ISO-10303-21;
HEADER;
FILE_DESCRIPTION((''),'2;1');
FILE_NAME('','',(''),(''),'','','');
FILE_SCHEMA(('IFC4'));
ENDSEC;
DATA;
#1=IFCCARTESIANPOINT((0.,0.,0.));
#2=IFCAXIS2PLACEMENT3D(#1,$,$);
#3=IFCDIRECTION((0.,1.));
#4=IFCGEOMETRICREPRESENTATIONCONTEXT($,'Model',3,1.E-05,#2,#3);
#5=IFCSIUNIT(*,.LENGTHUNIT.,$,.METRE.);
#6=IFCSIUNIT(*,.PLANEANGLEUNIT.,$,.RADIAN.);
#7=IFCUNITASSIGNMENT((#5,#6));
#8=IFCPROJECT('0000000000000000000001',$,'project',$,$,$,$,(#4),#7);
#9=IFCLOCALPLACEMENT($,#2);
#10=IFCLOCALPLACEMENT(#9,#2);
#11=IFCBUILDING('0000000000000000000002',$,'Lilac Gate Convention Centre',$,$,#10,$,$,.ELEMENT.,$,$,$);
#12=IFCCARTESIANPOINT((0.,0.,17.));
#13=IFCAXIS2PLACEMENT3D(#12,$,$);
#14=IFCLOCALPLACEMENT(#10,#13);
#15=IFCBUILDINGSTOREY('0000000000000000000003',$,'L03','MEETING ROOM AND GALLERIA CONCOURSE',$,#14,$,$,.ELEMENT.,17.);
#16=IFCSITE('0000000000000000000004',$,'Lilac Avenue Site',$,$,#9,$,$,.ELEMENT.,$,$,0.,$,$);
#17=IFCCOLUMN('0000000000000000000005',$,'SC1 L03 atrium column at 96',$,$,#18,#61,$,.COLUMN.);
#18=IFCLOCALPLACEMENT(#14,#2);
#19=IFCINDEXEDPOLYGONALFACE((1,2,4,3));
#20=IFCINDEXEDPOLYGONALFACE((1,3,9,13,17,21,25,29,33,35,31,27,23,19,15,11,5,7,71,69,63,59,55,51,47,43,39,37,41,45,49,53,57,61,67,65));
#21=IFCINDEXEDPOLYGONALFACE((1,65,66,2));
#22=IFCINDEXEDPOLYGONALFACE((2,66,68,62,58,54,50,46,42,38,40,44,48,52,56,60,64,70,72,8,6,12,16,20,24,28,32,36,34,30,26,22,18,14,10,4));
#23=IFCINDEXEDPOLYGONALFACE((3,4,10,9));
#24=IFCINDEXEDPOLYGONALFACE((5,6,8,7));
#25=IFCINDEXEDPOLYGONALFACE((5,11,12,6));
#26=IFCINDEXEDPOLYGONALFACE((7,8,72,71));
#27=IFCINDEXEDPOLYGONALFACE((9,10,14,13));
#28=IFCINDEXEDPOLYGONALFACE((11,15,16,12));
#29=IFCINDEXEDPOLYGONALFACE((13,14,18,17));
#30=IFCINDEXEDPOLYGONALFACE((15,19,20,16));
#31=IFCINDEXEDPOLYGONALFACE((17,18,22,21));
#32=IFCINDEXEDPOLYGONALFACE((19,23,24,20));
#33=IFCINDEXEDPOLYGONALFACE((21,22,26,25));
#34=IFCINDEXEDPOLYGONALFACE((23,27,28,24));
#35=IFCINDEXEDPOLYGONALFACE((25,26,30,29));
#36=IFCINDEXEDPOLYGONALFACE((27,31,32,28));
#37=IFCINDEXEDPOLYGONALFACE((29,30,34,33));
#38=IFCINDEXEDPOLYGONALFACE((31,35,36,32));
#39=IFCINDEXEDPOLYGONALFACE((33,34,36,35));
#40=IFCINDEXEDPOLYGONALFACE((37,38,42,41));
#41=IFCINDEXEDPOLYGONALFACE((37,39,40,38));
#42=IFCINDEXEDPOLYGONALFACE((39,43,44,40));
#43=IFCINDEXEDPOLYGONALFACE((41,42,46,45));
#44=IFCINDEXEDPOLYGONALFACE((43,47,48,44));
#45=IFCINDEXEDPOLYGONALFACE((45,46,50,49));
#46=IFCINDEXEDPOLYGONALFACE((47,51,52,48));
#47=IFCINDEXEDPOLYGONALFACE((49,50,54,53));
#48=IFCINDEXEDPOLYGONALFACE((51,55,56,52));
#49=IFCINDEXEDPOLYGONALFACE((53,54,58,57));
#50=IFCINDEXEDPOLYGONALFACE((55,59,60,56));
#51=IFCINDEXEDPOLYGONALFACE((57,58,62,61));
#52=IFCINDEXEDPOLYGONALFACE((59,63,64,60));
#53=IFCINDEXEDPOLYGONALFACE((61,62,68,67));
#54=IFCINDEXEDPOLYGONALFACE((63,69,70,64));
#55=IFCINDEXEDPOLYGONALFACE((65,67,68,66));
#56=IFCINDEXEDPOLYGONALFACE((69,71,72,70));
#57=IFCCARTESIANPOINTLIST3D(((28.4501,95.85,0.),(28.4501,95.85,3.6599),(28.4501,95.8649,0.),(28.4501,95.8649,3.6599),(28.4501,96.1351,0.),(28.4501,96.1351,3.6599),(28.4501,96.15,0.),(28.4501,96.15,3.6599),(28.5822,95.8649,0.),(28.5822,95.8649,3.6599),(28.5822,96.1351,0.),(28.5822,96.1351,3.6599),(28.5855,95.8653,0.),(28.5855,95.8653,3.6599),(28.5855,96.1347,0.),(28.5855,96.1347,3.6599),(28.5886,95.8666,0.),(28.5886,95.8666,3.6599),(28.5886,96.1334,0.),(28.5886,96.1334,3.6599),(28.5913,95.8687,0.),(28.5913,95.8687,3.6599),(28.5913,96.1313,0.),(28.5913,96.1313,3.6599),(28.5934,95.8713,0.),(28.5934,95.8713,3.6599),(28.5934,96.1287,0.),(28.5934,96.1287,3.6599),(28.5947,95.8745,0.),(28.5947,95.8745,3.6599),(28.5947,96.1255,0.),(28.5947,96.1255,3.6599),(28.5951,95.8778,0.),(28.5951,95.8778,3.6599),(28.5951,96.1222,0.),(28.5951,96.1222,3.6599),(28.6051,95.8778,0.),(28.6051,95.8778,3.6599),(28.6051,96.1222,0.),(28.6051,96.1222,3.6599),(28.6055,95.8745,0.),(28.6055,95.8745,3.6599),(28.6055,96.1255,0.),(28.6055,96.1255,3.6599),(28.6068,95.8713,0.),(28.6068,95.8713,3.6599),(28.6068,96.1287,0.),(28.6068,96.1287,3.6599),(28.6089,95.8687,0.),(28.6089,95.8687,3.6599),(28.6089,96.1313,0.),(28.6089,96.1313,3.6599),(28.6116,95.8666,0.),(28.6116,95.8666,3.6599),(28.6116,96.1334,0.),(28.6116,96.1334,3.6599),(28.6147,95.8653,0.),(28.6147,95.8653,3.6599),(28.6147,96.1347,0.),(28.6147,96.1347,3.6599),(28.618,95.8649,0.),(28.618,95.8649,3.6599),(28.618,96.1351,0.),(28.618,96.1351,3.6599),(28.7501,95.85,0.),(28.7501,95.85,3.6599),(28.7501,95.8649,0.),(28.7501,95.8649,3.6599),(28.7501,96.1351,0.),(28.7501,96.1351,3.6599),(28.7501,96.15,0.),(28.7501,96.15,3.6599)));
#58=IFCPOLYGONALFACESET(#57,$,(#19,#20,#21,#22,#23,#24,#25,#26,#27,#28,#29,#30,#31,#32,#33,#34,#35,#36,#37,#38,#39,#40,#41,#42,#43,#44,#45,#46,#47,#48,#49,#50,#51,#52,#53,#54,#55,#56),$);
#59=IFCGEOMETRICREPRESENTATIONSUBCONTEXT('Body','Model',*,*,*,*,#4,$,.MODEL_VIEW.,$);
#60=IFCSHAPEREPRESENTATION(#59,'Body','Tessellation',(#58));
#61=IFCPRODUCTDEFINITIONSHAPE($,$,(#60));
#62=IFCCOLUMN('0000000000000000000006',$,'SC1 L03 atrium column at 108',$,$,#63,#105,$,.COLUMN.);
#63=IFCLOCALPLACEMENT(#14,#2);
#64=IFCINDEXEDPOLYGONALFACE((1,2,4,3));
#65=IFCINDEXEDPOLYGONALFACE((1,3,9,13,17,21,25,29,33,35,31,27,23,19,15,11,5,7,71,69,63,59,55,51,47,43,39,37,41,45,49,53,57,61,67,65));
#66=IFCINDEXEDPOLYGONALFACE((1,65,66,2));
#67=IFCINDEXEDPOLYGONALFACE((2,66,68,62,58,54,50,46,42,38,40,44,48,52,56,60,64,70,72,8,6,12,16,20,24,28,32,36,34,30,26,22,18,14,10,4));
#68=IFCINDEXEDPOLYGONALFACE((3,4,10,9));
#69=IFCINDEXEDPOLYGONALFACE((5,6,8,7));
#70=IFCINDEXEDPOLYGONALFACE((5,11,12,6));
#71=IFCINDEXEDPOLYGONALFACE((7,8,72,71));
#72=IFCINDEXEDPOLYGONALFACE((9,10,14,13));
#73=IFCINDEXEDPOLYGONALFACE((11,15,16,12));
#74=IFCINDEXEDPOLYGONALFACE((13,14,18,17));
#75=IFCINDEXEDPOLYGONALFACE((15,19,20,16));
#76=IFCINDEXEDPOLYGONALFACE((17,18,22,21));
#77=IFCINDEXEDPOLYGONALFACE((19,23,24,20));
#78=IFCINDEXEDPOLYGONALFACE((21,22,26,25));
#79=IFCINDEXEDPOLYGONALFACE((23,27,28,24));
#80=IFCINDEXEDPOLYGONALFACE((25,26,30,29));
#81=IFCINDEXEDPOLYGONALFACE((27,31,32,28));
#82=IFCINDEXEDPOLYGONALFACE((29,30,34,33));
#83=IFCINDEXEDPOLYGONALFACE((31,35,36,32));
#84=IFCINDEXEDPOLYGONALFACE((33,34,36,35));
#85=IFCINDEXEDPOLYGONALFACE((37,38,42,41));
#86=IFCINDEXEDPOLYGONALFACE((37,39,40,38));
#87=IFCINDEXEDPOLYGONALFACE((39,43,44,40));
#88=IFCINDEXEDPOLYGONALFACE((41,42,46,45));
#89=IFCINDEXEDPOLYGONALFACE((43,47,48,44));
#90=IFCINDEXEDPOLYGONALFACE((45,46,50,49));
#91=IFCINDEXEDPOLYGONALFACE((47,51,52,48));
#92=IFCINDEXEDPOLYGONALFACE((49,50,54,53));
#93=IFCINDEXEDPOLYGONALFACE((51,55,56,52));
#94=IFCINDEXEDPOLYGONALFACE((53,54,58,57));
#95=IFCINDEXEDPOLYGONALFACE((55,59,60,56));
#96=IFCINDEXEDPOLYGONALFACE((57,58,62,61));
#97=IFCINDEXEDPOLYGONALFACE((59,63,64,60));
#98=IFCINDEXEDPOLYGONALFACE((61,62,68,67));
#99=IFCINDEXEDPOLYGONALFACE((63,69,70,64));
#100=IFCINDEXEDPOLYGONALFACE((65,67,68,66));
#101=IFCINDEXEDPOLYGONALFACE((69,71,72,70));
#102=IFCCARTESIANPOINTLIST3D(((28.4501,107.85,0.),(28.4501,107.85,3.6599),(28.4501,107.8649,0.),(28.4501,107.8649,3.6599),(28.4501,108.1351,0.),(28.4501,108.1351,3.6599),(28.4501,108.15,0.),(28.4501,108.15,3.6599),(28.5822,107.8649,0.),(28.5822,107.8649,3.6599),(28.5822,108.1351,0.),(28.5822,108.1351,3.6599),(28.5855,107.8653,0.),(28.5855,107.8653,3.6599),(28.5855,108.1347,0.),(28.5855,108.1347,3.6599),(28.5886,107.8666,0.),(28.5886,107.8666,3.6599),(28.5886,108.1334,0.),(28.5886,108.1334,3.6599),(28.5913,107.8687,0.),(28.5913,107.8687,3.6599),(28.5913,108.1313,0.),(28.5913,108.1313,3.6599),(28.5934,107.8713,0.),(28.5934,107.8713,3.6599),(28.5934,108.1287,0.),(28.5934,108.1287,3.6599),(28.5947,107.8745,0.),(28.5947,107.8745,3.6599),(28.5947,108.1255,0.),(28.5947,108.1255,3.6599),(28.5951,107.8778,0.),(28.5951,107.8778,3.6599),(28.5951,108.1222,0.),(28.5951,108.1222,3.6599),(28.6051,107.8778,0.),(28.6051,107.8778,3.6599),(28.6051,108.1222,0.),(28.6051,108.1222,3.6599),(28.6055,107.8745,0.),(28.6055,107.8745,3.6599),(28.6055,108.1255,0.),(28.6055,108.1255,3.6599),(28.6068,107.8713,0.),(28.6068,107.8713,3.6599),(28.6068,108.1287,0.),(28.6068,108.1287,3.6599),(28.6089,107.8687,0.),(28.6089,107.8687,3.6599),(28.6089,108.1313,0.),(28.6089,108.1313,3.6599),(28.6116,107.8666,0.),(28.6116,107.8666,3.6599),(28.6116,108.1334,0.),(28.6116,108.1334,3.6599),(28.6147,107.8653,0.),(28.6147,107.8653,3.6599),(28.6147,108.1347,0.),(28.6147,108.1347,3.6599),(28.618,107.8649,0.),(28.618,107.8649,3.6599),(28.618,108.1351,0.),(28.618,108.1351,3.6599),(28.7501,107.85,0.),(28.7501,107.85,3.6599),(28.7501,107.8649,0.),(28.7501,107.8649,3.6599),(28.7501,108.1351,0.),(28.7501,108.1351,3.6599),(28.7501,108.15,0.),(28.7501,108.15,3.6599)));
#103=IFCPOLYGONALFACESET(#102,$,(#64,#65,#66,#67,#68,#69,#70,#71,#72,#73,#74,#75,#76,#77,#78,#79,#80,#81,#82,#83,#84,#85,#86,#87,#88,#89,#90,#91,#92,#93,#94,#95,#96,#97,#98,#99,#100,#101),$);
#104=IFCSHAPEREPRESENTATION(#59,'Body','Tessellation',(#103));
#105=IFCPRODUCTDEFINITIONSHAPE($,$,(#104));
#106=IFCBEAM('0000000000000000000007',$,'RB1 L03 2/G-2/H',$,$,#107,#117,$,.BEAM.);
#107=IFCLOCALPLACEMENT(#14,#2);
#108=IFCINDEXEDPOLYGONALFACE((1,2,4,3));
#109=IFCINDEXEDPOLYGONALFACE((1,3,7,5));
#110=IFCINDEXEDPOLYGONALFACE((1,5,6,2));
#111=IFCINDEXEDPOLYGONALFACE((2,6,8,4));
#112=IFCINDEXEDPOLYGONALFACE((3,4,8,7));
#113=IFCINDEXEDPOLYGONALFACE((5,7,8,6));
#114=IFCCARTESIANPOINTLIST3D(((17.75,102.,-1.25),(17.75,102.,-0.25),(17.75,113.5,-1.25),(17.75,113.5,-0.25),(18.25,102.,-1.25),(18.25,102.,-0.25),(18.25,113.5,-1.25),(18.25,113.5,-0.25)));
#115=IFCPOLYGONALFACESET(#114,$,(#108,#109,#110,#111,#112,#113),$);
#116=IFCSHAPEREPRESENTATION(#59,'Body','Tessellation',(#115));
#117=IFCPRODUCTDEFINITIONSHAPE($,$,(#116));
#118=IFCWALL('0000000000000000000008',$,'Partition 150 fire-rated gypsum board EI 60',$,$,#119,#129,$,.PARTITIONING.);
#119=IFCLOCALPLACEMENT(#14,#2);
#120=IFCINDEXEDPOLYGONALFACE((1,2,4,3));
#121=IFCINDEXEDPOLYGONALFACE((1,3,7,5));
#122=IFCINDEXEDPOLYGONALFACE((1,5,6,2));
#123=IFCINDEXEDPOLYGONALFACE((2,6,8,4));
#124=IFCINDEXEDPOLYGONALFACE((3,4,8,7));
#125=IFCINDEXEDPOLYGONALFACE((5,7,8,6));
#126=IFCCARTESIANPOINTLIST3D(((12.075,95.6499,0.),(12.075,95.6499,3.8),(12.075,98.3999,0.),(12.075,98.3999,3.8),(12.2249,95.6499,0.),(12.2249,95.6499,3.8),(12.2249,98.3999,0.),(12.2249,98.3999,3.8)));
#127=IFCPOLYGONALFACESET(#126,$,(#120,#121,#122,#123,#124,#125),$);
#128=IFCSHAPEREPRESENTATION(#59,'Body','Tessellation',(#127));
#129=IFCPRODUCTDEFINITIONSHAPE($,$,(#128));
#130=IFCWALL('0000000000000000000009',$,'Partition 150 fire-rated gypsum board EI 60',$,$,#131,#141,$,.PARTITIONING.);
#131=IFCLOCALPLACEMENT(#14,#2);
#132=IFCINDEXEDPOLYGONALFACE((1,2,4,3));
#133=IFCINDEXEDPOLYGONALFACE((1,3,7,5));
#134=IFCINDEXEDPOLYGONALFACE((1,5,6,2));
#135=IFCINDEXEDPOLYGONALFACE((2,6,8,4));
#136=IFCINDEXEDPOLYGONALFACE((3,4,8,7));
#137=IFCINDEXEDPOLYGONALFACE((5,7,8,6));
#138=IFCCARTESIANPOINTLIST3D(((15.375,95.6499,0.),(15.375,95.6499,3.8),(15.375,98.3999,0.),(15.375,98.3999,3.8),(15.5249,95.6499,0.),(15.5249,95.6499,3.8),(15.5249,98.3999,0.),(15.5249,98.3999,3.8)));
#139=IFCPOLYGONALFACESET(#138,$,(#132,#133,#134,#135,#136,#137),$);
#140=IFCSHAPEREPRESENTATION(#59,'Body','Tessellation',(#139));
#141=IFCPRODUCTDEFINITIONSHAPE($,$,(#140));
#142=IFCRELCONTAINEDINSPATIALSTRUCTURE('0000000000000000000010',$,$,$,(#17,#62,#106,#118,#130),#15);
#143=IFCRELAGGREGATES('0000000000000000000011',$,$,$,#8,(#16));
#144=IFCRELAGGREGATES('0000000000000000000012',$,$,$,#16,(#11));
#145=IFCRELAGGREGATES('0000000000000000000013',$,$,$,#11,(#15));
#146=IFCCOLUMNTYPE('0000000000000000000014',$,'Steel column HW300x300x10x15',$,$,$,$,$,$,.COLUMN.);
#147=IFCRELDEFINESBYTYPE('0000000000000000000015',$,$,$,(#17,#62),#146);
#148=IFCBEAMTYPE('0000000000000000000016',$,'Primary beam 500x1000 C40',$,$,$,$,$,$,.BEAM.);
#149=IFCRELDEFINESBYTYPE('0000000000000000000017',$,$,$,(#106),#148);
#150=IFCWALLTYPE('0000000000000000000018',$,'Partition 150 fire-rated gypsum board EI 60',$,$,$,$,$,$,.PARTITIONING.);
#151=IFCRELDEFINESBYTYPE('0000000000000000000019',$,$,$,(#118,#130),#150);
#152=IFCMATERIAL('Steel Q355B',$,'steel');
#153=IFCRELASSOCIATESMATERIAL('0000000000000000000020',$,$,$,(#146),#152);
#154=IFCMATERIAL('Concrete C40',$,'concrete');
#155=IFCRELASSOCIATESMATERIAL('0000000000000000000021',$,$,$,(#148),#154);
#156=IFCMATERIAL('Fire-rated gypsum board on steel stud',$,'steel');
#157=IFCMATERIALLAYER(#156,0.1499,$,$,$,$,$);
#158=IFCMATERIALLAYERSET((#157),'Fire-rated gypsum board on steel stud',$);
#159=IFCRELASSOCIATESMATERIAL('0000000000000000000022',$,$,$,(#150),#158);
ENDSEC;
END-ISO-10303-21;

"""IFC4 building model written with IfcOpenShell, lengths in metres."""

from ifc_helpers import new_model, si_unit, direction, frame, frame_2d, origin, origin_2d, place, context, subcontext, project, spatial, rectangle, i_section, extrude, material, layer, layer_set, material_profile, profile_set, type_object, element, save


model = new_model("IFC4")

# Units and contexts
model_context = context("Model", 3, precision=1e-05, world=origin(), true_north=direction((0.0, 1.0)))
body_context = subcontext(model_context, "Body", "Model", "MODEL_VIEW")
ifc_project = project(units=[si_unit("LENGTHUNIT", "METRE"), si_unit("PLANEANGLEUNIT", "RADIAN")], contexts=[model_context])

# Site, building, storey
site_placement = place(None, origin())
site = spatial("IfcSite", under=ifc_project, at=site_placement, Name="Lilac Avenue Site", CompositionType="ELEMENT", RefElevation=0.0)
building_placement = place(site_placement, origin())
building = spatial("IfcBuilding", under=site, at=building_placement, Name="Lilac Gate Convention Centre", CompositionType="ELEMENT")
storey_placement = place(building_placement, frame((0.0, 0.0, 17.0)))
storey = spatial("IfcBuildingStorey", under=building, at=storey_placement, Name="L03", Description="MEETING ROOM AND GALLERIA CONCOURSE", CompositionType="ELEMENT", Elevation=17.0)

# Columns
ifc_material_1 = material(Name="Steel Q355B", Category="steel")
ifc_material_profile_1 = material_profile(ifc_material_1, i_section(OverallWidth=0.3, OverallDepth=0.3, WebThickness=0.01, FlangeThickness=0.0149, FilletRadius=0.0129, at=origin_2d()), Name="HW300x300x10x15")
ifc_profile_set_1 = profile_set([ifc_material_profile_1], Name="Steel Q355B")
column_type = type_object("IfcColumnType", Name="Steel column HW300x300x10x15", PredefinedType="COLUMN", material=ifc_profile_set_1)
for number, where, z_axis, x_axis, name in (
    (1, (28.6001, 96.0, 0.0), (0.0, 0.0, 1.0), (1.0, 0.0, 0.0), "SC1 L03 atrium column at 96"),
    (2, (28.6001, 108.0, 0.0), (0.0, 0.0, 1.0), (1.0, 0.0, 0.0), "SC1 L03 atrium column at 108"),
):
    element("IfcColumn", number, at=place(storey_placement, frame(where, z_axis=z_axis, x_axis=x_axis)), inside=storey, type_object=column_type, Name=name, PredefinedType="COLUMN", context=body_context, shape_type="SweptSolid", body=[
        extrude(i_section(OverallWidth=0.3, OverallDepth=0.3, WebThickness=0.01, FlangeThickness=0.0149, FilletRadius=0.0129, at=origin_2d()), origin(), (0.0, 0.0, 1.0), 3.6599),
    ])

# Beam
ifc_material_2 = material(Name="Concrete C40", Category="concrete")
ifc_material_profile_2 = material_profile(ifc_material_2, rectangle(XDim=0.5, YDim=1.0, at=origin_2d()), Name="RC 500x1000")
ifc_profile_set_2 = profile_set([ifc_material_profile_2], Name="Concrete C40")
beam_type = type_object("IfcBeamType", Name="Primary beam 500x1000 C40", PredefinedType="BEAM", material=ifc_profile_set_2)
beam_placement = place(storey_placement, frame((18.0, 102.0, -0.75), z_axis=(0.0, 1.0, 0.0), x_axis=(-1.0, 0.0, 0.0)))
element("IfcBeam", 3, at=beam_placement, inside=storey, type_object=beam_type, Name="RB1 L03 2/G-2/H", PredefinedType="BEAM", context=body_context, shape_type="SweptSolid", body=[
    extrude(rectangle(XDim=0.5, YDim=1.0, at=origin_2d()), origin(), (0.0, 0.0, 1.0), 11.5),
])

# Walls
ifc_material_3 = material(Name="Fire-rated gypsum board on steel stud", Category="steel")
ifc_layer_1 = layer(ifc_material_3, 0.1499)
ifc_layer_set_1 = layer_set([ifc_layer_1], Name="Fire-rated gypsum board on steel stud")
wall_type_1 = type_object("IfcWallType", Name="Partition 150 fire-rated gypsum board EI 60", PredefinedType="PARTITIONING", material=ifc_layer_set_1)
for number, where, z_axis, x_axis, name in (
    (4, (12.1499, 95.6499, 0.0), (0.0, 0.0, 1.0), (0.0, 1.0, 0.0), "Partition 150 fire-rated gypsum board EI 60"),
    (5, (15.45, 95.6499, 0.0), (0.0, 0.0, 1.0), (0.0, 1.0, 0.0), "Partition 150 fire-rated gypsum board EI 60"),
):
    element("IfcWall", number, at=place(storey_placement, frame(where, z_axis=z_axis, x_axis=x_axis)), inside=storey, type_object=wall_type_1, Name=name, PredefinedType="PARTITIONING", context=body_context, shape_type="SweptSolid", body=[
        extrude(rectangle(XDim=2.75, YDim=0.1499, at=frame_2d((1.375, 0.0))), origin(), (0.0, 0.0, 1.0), 3.8),
    ])

save(model, "model.ifc")
